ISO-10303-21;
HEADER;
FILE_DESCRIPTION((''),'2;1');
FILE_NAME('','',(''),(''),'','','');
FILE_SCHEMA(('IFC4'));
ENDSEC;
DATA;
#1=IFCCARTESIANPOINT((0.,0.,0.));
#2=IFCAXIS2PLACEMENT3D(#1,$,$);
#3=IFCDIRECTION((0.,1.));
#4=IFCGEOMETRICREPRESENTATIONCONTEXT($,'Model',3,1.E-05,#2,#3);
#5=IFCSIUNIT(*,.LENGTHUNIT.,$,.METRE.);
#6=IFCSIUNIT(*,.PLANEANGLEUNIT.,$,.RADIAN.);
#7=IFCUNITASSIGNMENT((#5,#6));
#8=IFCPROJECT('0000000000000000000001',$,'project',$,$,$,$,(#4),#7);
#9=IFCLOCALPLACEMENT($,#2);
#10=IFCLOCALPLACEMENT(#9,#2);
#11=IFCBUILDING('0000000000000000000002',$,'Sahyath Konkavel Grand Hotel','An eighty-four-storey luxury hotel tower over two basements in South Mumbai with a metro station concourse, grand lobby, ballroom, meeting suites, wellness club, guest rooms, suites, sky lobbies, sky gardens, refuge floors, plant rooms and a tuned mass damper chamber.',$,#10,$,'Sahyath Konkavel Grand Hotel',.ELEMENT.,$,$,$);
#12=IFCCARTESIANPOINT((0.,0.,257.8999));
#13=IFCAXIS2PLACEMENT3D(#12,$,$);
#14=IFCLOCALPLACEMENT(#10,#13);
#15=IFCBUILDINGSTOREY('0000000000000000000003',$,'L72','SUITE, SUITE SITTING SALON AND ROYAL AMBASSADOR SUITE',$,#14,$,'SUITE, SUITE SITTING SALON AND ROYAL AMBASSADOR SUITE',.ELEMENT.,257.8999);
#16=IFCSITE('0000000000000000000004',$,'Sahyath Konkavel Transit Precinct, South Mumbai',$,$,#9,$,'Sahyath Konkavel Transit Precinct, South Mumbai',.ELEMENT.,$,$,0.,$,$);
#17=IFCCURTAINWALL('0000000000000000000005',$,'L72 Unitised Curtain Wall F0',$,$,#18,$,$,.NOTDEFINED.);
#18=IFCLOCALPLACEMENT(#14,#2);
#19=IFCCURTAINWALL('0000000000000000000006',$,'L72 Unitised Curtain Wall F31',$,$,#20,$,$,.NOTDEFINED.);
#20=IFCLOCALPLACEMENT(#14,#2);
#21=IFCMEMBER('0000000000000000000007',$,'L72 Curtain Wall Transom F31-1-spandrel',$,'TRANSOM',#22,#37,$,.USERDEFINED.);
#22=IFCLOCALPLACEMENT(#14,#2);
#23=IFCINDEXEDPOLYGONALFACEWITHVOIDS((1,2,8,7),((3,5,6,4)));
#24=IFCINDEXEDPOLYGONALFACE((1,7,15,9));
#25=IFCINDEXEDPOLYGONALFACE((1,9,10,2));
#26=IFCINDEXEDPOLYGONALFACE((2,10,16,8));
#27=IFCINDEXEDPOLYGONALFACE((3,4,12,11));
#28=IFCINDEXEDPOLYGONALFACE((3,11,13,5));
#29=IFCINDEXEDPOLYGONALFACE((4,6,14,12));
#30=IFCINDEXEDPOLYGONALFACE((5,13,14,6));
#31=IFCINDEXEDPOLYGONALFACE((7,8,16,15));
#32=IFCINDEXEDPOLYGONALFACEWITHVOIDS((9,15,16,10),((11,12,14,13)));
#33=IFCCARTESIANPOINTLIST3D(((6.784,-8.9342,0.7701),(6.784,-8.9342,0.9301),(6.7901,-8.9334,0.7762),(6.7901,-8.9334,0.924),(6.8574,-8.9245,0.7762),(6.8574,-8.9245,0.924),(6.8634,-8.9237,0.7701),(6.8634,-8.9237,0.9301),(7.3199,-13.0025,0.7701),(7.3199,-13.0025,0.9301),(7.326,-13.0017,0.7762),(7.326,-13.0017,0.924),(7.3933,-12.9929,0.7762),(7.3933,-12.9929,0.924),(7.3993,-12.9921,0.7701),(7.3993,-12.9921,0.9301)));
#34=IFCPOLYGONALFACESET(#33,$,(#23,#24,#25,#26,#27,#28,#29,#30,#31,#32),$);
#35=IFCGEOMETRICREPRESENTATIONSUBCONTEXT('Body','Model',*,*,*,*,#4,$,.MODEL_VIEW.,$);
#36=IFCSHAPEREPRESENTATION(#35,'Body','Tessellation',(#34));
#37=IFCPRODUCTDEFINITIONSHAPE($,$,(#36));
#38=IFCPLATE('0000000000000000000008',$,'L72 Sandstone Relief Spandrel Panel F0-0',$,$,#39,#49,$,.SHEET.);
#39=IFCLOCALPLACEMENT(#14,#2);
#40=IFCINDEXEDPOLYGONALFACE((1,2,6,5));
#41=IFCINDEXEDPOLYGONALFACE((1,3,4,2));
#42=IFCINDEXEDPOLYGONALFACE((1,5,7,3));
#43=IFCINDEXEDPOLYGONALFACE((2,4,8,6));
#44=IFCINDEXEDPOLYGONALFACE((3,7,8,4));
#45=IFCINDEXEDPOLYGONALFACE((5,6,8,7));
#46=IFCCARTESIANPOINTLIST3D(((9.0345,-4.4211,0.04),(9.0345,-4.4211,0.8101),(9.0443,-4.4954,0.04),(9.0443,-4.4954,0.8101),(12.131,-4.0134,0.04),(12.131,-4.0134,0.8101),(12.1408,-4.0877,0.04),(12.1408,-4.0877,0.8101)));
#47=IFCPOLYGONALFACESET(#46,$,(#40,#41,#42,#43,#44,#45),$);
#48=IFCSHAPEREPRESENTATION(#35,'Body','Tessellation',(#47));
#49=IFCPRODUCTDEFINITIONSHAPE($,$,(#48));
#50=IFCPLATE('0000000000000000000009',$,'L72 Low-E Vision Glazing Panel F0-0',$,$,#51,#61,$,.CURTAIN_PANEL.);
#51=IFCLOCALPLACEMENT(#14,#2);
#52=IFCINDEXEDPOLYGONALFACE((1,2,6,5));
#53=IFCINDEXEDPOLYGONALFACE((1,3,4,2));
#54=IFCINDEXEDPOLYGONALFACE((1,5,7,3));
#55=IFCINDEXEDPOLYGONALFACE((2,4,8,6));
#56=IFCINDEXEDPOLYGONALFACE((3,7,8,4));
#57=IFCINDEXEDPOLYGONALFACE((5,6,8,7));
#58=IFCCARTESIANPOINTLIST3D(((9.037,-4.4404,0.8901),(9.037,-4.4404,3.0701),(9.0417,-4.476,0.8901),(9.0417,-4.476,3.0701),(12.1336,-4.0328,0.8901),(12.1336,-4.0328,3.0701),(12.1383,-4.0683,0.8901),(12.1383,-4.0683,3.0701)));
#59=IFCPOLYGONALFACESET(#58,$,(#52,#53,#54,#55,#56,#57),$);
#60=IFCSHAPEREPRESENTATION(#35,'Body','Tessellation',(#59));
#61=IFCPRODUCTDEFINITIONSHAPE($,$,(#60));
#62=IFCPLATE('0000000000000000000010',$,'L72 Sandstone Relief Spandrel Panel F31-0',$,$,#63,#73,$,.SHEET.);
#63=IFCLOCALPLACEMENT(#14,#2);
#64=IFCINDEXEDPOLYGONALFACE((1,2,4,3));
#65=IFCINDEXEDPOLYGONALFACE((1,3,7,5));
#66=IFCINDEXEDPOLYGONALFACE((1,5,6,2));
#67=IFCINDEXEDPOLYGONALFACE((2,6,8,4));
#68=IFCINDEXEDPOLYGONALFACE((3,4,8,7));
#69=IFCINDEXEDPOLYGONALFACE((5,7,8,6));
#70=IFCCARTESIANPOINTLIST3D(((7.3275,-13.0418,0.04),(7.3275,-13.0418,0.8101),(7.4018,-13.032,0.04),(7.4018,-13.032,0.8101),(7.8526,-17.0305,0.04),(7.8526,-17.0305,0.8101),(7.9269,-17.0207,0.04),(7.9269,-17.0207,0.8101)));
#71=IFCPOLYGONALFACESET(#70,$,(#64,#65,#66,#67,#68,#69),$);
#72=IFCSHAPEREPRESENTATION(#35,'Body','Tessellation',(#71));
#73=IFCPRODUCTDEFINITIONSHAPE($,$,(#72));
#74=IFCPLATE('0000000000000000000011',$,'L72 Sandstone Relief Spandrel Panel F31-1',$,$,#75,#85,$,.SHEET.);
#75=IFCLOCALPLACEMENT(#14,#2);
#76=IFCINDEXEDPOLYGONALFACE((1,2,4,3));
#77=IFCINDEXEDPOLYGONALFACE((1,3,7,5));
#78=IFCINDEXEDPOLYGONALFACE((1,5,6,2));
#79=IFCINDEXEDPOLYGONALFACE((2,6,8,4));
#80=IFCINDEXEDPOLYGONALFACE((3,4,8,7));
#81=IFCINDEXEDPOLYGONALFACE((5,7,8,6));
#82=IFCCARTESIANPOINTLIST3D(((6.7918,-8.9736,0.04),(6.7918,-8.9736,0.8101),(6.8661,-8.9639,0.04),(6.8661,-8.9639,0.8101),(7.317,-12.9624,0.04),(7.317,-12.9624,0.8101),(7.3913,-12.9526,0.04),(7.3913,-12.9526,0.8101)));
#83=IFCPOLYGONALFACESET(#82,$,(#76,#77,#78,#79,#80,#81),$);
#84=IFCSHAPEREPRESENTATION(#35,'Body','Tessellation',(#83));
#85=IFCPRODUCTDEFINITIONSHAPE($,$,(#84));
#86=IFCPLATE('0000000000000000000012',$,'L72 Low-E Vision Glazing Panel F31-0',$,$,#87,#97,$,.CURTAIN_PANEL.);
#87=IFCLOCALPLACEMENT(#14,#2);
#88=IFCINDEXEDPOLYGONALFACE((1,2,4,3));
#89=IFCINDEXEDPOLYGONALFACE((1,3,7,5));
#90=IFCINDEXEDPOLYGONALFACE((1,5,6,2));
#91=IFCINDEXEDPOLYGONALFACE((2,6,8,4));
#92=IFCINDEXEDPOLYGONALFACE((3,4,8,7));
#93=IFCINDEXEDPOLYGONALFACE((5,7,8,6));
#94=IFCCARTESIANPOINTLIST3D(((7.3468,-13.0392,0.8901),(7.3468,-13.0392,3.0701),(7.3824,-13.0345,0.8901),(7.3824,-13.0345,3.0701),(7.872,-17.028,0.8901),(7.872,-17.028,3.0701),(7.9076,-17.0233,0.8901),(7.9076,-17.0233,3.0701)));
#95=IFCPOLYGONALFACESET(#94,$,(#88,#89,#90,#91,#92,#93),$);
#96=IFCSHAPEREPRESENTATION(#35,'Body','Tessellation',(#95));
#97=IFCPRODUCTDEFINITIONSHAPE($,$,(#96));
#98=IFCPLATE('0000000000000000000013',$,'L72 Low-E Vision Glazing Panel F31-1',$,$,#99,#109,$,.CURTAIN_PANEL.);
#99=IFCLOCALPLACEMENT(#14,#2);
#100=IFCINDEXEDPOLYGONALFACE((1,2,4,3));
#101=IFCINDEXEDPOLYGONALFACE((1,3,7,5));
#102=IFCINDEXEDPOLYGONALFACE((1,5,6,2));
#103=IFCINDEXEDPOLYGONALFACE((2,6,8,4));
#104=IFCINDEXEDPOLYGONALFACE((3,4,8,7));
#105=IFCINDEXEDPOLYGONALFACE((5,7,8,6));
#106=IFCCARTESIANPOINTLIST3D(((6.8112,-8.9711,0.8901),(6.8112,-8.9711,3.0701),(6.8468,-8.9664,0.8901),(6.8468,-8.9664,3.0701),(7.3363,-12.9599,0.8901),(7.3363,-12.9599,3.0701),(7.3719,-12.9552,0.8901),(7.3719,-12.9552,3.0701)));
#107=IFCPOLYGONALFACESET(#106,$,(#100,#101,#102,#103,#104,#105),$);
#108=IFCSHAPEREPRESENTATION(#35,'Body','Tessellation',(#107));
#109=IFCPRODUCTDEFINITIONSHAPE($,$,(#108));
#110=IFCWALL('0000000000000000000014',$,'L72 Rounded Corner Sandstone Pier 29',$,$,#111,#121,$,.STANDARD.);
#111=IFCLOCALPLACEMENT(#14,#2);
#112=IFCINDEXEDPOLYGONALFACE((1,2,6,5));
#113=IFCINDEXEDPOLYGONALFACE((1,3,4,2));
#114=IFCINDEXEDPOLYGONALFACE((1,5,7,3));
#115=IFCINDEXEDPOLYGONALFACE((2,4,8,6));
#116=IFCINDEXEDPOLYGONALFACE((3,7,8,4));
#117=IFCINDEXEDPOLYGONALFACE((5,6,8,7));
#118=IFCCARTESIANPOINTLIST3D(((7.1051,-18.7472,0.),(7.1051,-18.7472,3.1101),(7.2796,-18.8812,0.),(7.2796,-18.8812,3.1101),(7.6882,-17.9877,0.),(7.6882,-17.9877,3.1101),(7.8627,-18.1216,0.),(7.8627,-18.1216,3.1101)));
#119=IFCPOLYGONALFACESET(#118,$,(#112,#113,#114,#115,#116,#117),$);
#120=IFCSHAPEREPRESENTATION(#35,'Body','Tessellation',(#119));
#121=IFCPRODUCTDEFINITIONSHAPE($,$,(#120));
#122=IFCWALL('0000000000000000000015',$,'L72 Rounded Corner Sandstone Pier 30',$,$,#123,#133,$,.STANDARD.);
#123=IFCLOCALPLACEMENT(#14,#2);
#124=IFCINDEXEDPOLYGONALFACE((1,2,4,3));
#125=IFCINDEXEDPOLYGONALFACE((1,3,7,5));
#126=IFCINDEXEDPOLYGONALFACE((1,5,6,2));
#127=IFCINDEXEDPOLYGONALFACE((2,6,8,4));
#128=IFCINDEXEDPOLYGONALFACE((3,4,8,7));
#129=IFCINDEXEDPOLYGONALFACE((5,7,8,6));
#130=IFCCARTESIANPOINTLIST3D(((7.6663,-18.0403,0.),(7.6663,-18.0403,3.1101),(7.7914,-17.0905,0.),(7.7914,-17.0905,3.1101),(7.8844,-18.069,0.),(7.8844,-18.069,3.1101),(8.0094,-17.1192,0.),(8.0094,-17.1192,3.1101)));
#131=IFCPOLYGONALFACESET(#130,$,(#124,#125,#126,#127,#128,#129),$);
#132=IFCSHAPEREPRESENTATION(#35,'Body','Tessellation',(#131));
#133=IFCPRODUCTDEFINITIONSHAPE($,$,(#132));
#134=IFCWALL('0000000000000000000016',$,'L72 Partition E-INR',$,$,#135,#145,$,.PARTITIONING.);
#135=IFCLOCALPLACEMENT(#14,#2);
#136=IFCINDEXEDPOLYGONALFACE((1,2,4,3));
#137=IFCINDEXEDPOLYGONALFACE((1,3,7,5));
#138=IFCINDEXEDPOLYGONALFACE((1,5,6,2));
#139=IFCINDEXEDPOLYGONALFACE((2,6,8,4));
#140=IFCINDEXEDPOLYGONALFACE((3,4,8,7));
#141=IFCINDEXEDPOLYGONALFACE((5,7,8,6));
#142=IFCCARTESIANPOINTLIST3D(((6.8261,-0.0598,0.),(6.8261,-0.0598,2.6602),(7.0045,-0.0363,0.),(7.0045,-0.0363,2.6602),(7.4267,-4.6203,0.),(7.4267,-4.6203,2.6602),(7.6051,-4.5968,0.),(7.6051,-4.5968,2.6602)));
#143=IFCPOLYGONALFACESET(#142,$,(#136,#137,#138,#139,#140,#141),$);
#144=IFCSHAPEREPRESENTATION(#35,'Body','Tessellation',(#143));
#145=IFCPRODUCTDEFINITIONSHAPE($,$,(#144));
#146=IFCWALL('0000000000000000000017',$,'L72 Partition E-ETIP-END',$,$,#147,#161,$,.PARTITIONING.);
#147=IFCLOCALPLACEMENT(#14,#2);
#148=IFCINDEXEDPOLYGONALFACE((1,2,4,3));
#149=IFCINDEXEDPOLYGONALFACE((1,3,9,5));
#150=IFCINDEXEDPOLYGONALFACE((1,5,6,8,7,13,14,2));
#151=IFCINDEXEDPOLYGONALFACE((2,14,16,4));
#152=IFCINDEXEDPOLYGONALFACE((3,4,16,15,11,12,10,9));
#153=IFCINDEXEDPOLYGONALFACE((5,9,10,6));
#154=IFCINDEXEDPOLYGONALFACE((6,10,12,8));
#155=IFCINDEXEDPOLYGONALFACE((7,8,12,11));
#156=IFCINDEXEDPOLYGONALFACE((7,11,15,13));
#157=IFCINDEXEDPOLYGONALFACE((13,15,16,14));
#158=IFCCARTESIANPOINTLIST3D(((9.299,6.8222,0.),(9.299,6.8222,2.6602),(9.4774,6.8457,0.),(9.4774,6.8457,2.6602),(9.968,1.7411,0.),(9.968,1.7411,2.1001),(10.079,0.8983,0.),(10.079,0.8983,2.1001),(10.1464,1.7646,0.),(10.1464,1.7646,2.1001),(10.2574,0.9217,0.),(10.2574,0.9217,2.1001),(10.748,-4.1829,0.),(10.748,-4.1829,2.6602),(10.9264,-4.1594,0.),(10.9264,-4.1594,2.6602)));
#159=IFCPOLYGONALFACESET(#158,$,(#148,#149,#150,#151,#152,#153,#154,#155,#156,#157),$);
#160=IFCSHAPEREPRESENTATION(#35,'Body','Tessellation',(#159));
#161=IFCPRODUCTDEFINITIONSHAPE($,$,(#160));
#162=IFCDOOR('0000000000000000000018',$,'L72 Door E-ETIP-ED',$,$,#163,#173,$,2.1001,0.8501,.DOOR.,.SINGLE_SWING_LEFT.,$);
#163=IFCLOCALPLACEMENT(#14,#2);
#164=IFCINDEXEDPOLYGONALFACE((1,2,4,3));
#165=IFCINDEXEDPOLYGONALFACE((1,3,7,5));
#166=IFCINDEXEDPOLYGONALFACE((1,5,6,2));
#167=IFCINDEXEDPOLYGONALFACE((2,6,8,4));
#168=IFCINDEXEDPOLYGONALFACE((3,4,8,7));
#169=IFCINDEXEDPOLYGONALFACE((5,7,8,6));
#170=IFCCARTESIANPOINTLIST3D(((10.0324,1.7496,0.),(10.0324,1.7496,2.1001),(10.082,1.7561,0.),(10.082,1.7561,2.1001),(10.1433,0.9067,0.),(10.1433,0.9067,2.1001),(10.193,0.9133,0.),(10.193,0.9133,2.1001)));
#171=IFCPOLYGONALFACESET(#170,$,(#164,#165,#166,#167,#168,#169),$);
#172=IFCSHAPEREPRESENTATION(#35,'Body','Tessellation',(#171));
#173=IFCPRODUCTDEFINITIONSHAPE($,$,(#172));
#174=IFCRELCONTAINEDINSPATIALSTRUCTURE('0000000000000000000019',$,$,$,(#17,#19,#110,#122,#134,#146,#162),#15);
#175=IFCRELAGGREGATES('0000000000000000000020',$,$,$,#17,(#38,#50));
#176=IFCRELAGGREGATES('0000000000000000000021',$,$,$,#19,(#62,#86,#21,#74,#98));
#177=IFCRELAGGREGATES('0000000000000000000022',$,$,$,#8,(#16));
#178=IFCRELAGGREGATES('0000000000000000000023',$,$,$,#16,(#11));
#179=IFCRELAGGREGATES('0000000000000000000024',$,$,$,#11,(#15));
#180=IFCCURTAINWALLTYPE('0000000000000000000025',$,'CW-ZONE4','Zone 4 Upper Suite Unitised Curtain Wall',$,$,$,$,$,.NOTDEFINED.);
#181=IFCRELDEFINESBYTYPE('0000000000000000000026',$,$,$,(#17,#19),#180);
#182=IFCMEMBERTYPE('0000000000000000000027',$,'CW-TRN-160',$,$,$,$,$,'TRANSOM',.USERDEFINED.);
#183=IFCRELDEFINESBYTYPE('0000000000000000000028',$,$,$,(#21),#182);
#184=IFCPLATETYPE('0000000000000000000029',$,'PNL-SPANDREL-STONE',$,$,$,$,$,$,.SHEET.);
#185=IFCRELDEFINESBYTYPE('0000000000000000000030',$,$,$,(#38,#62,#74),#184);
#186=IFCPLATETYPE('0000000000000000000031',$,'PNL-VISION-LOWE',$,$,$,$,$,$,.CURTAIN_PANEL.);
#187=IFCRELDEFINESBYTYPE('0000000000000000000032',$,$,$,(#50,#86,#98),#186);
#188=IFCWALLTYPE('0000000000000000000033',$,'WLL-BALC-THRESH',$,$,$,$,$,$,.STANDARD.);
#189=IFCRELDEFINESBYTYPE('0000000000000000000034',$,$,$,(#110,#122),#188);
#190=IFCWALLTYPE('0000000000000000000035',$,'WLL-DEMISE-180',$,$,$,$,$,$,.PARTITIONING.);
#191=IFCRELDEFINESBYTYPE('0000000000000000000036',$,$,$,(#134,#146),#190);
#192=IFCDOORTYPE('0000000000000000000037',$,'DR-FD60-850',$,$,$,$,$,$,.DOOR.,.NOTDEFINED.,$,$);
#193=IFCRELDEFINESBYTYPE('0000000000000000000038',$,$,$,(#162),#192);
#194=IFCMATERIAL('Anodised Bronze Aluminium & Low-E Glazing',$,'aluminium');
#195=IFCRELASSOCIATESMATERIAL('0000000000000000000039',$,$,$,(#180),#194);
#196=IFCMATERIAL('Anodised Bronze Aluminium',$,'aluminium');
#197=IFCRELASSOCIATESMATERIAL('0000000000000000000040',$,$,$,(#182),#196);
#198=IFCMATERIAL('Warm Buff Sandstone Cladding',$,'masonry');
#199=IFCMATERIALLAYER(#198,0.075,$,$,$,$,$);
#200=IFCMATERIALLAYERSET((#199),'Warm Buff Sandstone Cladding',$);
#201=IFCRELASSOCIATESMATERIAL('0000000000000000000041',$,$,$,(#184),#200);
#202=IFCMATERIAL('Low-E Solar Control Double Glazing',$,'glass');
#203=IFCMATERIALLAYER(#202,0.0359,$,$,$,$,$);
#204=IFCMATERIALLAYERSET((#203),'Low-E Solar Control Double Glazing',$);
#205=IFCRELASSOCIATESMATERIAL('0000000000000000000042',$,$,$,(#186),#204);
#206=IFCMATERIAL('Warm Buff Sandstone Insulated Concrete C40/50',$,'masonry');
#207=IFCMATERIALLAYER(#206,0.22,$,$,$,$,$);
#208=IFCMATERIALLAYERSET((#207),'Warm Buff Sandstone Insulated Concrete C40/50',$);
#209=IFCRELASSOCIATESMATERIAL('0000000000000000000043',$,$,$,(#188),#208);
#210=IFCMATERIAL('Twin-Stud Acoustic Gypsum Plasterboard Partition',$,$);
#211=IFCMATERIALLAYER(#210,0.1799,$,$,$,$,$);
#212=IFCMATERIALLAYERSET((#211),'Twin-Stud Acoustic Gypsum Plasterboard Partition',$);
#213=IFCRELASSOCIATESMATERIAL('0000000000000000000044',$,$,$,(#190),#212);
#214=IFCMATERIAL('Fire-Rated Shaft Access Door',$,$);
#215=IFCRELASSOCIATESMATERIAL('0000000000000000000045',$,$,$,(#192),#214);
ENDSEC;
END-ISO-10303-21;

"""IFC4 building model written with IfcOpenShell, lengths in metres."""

from ifc_helpers import new_model, si_unit, direction, frame, frame_2d, origin, origin_2d, place, context, subcontext, project, spatial, rectangle, hollow_rectangle, extrude, source, transform, mapped, material, layer, layer_set, material_profile, profile_set, type_object, element, fill, aggregate, save


model = new_model("IFC4")

# Units and contexts
model_context = context("Model", 3, precision=1e-05, world=origin(), true_north=direction((0.0, 1.0)))
body_context = subcontext(model_context, "Body", "Model", "MODEL_VIEW")
ifc_project = project(units=[si_unit("LENGTHUNIT", "METRE"), si_unit("PLANEANGLEUNIT", "RADIAN")], contexts=[model_context])

# Site, building, storey
site_placement = place(None, origin())
site = spatial("IfcSite", under=ifc_project, at=site_placement, Name="Sahyath Konkavel Transit Precinct, South Mumbai", LongName="Sahyath Konkavel Transit Precinct, South Mumbai", CompositionType="ELEMENT", RefElevation=0.0)
building_placement = place(site_placement, origin())
building = spatial("IfcBuilding", under=site, at=building_placement, Name="Sahyath Konkavel Grand Hotel", Description="An eighty-four-storey luxury hotel tower over two basements in South Mumbai with a metro station concourse, grand lobby, ballroom, meeting suites, wellness club, guest rooms, suites, sky lobbies, sky gardens, refuge floors, plant rooms and a tuned mass damper chamber.", LongName="Sahyath Konkavel Grand Hotel", CompositionType="ELEMENT")
storey_placement = place(building_placement, frame((0.0, 0.0, 257.8999)))
storey = spatial("IfcBuildingStorey", under=building, at=storey_placement, Name="L72", Description="SUITE, SUITE SITTING SALON AND ROYAL AMBASSADOR SUITE", LongName="SUITE, SUITE SITTING SALON AND ROYAL AMBASSADOR SUITE", CompositionType="ELEMENT", Elevation=257.8999)

# Curtain walls
ifc_material_1 = material(Name="Anodised Bronze Aluminium & Low-E Glazing", Category="aluminium")
curtain_wall_type = type_object("IfcCurtainWallType", Name="CW-ZONE4", Description="Zone 4 Upper Suite Unitised Curtain Wall", PredefinedType="NOTDEFINED", material=ifc_material_1)
curtain_wall_1_placement = place(storey_placement, origin())
curtain_wall_1 = element("IfcCurtainWall", 1, at=curtain_wall_1_placement, inside=storey, type_object=curtain_wall_type, Name="L72 Unitised Curtain Wall F0", PredefinedType="NOTDEFINED")
curtain_wall_2_placement = place(storey_placement, origin())
curtain_wall_2 = element("IfcCurtainWall", 2, at=curtain_wall_2_placement, inside=storey, type_object=curtain_wall_type, Name="L72 Unitised Curtain Wall F31", PredefinedType="NOTDEFINED")

# Shared definitions
ifc_material_2 = material(Name="Anodised Bronze Aluminium", Category="aluminium")

# Member
ifc_material_profile_1 = material_profile(ifc_material_2, hollow_rectangle(XDim=0.0801, YDim=0.1599, WallThickness=0.0061, at=origin_2d()), Name="RHS 160x80x6")
ifc_profile_set_1 = profile_set([ifc_material_profile_1], Name="Anodised Bronze Aluminium")
member_type_1 = type_object("IfcMemberType", Name="CW-TRN-160", ElementType="TRANSOM", PredefinedType="USERDEFINED", material=ifc_profile_set_1)
shared_shape_1 = source(origin(), body_context, "Body", "SweptSolid", [
    extrude(hollow_rectangle(XDim=0.0801, YDim=0.1599, WallThickness=0.0061, at=origin_2d()), origin(), (0.0, 0.0, 1.0), 4.1035),
])
member_1_placement = place(storey_placement, frame((7.3596, -12.9973, 0.8501), z_axis=(-0.130593, 0.991436, 0.0), x_axis=(-0.991436, -0.130593, 0.0)))
member_1 = element("IfcMember", 3, at=member_1_placement, type_object=member_type_1, Name="L72 Curtain Wall Transom F31-1-spandrel", ObjectType="TRANSOM", PredefinedType="USERDEFINED", context=body_context, shape_type="MappedRepresentation", body=[
    mapped(shared_shape_1, transform((0.0, 0.0, 0.0), scale=1.0)),
])

# Plates
ifc_material_3 = material(Name="Warm Buff Sandstone Cladding", Category="masonry")
ifc_layer_1 = layer(ifc_material_3, 0.075)
ifc_layer_set_1 = layer_set([ifc_layer_1], Name="Warm Buff Sandstone Cladding")
plate_type_1 = type_object("IfcPlateType", Name="PNL-SPANDREL-STONE", PredefinedType="SHEET", material=ifc_layer_set_1)
shared_shape_2 = source(origin(), body_context, "Body", "SweptSolid", [
    extrude(rectangle(XDim=3.1233, YDim=0.075, at=origin_2d()), origin(), (0.0, 0.0, 1.0), 0.77),
])
plate_1_placement = place(storey_placement, frame((10.5876, -4.2544, 0.04), z_axis=(0.0, 0.0, 1.0), x_axis=(0.991445, 0.130526, 0.0)))
plate_1 = element("IfcPlate", 4, at=plate_1_placement, type_object=plate_type_1, Name="L72 Sandstone Relief Spandrel Panel F0-0", PredefinedType="SHEET", context=body_context, shape_type="MappedRepresentation", body=[
    mapped(shared_shape_2, transform((0.0, 0.0, 0.0), scale=1.0)),
])
ifc_material_4 = material(Name="Low-E Solar Control Double Glazing", Category="glass")
ifc_layer_2 = layer(ifc_material_4, 0.0359)
ifc_layer_set_2 = layer_set([ifc_layer_2], Name="Low-E Solar Control Double Glazing")
plate_type_2 = type_object("IfcPlateType", Name="PNL-VISION-LOWE", PredefinedType="CURTAIN_PANEL", material=ifc_layer_set_2)
shared_shape_3 = source(origin(), body_context, "Body", "SweptSolid", [
    extrude(rectangle(XDim=3.1233, YDim=0.0359, at=origin_2d()), origin(), (0.0, 0.0, 1.0), 2.1799),
])
plate_2_placement = place(storey_placement, frame((10.5876, -4.2544, 0.8901), z_axis=(0.0, 0.0, 1.0), x_axis=(0.991445, 0.130526, 0.0)))
plate_2 = element("IfcPlate", 5, at=plate_2_placement, type_object=plate_type_2, Name="L72 Low-E Vision Glazing Panel F0-0", PredefinedType="CURTAIN_PANEL", context=body_context, shape_type="MappedRepresentation", body=[
    mapped(shared_shape_3, transform((0.0, 0.0, 0.0), scale=1.0)),
])
aggregate(curtain_wall_1, [plate_1, plate_2])
shared_shape_4 = source(origin(), body_context, "Body", "SweptSolid", [
    extrude(rectangle(XDim=4.0232, YDim=0.075, at=origin_2d()), origin(), (0.0, 0.0, 1.0), 0.77),
])
plate_3_placement = place(storey_placement, frame((7.6272, -15.0312, 0.04), z_axis=(0.0, 0.0, 1.0), x_axis=(-0.130526, 0.991445, 0.0)))
plate_3 = element("IfcPlate", 6, at=plate_3_placement, type_object=plate_type_1, Name="L72 Sandstone Relief Spandrel Panel F31-0", PredefinedType="SHEET", context=body_context, shape_type="MappedRepresentation", body=[
    mapped(shared_shape_4, transform((0.0, 0.0, 0.0), scale=1.0)),
])
plate_4_placement = place(storey_placement, frame((7.0916, -10.9631, 0.04), z_axis=(0.0, 0.0, 1.0), x_axis=(-0.130526, 0.991445, 0.0)))
plate_4 = element("IfcPlate", 7, at=plate_4_placement, type_object=plate_type_1, Name="L72 Sandstone Relief Spandrel Panel F31-1", PredefinedType="SHEET", context=body_context, shape_type="MappedRepresentation", body=[
    mapped(shared_shape_4, transform((0.0, 0.0, 0.0), scale=1.0)),
])
shared_shape_5 = source(origin(), body_context, "Body", "SweptSolid", [
    extrude(rectangle(XDim=4.0232, YDim=0.0359, at=origin_2d()), origin(), (0.0, 0.0, 1.0), 2.1799),
])
plate_5_placement = place(storey_placement, frame((7.6272, -15.0312, 0.8901), z_axis=(0.0, 0.0, 1.0), x_axis=(-0.130526, 0.991445, 0.0)))
plate_5 = element("IfcPlate", 8, at=plate_5_placement, type_object=plate_type_2, Name="L72 Low-E Vision Glazing Panel F31-0", PredefinedType="CURTAIN_PANEL", context=body_context, shape_type="MappedRepresentation", body=[
    mapped(shared_shape_5, transform((0.0, 0.0, 0.0), scale=1.0)),
])
plate_6_placement = place(storey_placement, frame((7.0916, -10.9631, 0.8901), z_axis=(0.0, 0.0, 1.0), x_axis=(-0.130526, 0.991445, 0.0)))
plate_6 = element("IfcPlate", 9, at=plate_6_placement, type_object=plate_type_2, Name="L72 Low-E Vision Glazing Panel F31-1", PredefinedType="CURTAIN_PANEL", context=body_context, shape_type="MappedRepresentation", body=[
    mapped(shared_shape_5, transform((0.0, 0.0, 0.0), scale=1.0)),
])
aggregate(curtain_wall_2, [plate_3, plate_5, member_1, plate_4, plate_6])

# Walls
ifc_material_5 = material(Name="Warm Buff Sandstone Insulated Concrete C40/50", Category="masonry")
ifc_layer_3 = layer(ifc_material_5, 0.22)
ifc_layer_set_3 = layer_set([ifc_layer_3], Name="Warm Buff Sandstone Insulated Concrete C40/50")
wall_type_1 = type_object("IfcWallType", Name="WLL-BALC-THRESH", PredefinedType="STANDARD", material=ifc_layer_set_3)
wall_1_placement = place(storey_placement, frame((7.1924, -18.8142, 0.0), z_axis=(0.0, 0.0, 1.0), x_axis=(0.608897, 0.793249, 0.0)))
element("IfcWall", 10, at=wall_1_placement, inside=storey, type_object=wall_type_1, Name="L72 Rounded Corner Sandstone Pier 29", PredefinedType="STANDARD", context=body_context, shape_type="SweptSolid", body=[
    extrude(rectangle(XDim=0.9575, YDim=0.22, at=frame_2d((0.4788, 0.0))), origin(), (0.0, 0.0, 1.0), 3.1101),
])
wall_2_placement = place(storey_placement, frame((7.7754, -18.0547, 0.0), z_axis=(0.0, 0.0, 1.0), x_axis=(0.130494, 0.991449, 0.0)))
element("IfcWall", 11, at=wall_2_placement, inside=storey, type_object=wall_type_1, Name="L72 Rounded Corner Sandstone Pier 30", PredefinedType="STANDARD", context=body_context, shape_type="SweptSolid", body=[
    extrude(rectangle(XDim=0.958, YDim=0.22, at=frame_2d((0.479, 0.0))), origin(), (0.0, 0.0, 1.0), 3.1101),
])
ifc_material_6 = material(Name="Twin-Stud Acoustic Gypsum Plasterboard Partition")
ifc_layer_4 = layer(ifc_material_6, 0.1799)
ifc_layer_set_4 = layer_set([ifc_layer_4], Name="Twin-Stud Acoustic Gypsum Plasterboard Partition")
wall_type_2 = type_object("IfcWallType", Name="WLL-DEMISE-180", PredefinedType="PARTITIONING", material=ifc_layer_set_4)
wall_3_placement = place(storey_placement, frame((7.5159, -4.6084, 0.0), z_axis=(0.0, 0.0, 1.0), x_axis=(-0.130564, 0.99144, 0.0)))
element("IfcWall", 12, at=wall_3_placement, inside=storey, type_object=wall_type_2, Name="L72 Partition E-INR", PredefinedType="PARTITIONING", context=body_context, shape_type="SweptSolid", body=[
    extrude(rectangle(XDim=4.5999, YDim=0.1799, at=frame_2d((2.2998, 0.0))), origin(), (0.0, 0.0, 1.0), 2.6602),
])

# Wall, opening, door
wall_4_placement = place(storey_placement, frame((10.8372, -4.1711, 0.0), z_axis=(0.0, 0.0, 1.0), x_axis=(-0.130537, 0.991443, 0.0)))
wall_4 = element("IfcWall", 13, at=wall_4_placement, inside=storey, type_object=wall_type_2, Name="L72 Partition E-ETIP-END", PredefinedType="PARTITIONING", context=body_context, shape_type="SweptSolid", body=[
    extrude(rectangle(XDim=11.1001, YDim=0.1799, at=frame_2d((5.55, 0.0))), origin(), (0.0, 0.0, 1.0), 2.6602),
])
opening_placement = place(wall_4_placement, frame((5.125, 0.0, 0.0)))
opening = element("IfcOpeningElement", 14, at=opening_placement, cuts=wall_4, PredefinedType="OPENING", context=body_context, shape_type="SweptSolid", body=[
    extrude(rectangle(XDim=0.8501, YDim=2.1001, at=frame_2d((0.425, 1.05))), frame((0.0, 0.1001, 0.0), z_axis=(0.0, -1.0, 0.0), x_axis=(1.0, 0.0, 0.0)), (0.0, 0.0, 1.0), 0.2),
])
ifc_material_7 = material(Name="Fire-Rated Shaft Access Door")
door_type = type_object("IfcDoorType", Name="DR-FD60-850", OperationType="NOTDEFINED", PredefinedType="DOOR", material=ifc_material_7)
shared_shape_6 = source(origin(), body_context, "Body", "SweptSolid", [
    extrude(rectangle(XDim=0.8501, YDim=0.05, at=origin_2d()), origin(), (0.0, 0.0, 1.0), 2.1001),
])
door_placement = place(opening_placement, frame((0.425, 0.0, 0.0)))
door = element("IfcDoor", 15, at=door_placement, inside=storey, type_object=door_type, Name="L72 Door E-ETIP-ED", OperationType="SINGLE_SWING_LEFT", OverallHeight=2.1001, OverallWidth=0.8501, PredefinedType="DOOR", context=body_context, shape_type="MappedRepresentation", body=[
    mapped(shared_shape_6, transform((0.0, 0.0, 0.0), scale=1.0)),
])
fill(opening, door)

save(model, "model.ifc")
